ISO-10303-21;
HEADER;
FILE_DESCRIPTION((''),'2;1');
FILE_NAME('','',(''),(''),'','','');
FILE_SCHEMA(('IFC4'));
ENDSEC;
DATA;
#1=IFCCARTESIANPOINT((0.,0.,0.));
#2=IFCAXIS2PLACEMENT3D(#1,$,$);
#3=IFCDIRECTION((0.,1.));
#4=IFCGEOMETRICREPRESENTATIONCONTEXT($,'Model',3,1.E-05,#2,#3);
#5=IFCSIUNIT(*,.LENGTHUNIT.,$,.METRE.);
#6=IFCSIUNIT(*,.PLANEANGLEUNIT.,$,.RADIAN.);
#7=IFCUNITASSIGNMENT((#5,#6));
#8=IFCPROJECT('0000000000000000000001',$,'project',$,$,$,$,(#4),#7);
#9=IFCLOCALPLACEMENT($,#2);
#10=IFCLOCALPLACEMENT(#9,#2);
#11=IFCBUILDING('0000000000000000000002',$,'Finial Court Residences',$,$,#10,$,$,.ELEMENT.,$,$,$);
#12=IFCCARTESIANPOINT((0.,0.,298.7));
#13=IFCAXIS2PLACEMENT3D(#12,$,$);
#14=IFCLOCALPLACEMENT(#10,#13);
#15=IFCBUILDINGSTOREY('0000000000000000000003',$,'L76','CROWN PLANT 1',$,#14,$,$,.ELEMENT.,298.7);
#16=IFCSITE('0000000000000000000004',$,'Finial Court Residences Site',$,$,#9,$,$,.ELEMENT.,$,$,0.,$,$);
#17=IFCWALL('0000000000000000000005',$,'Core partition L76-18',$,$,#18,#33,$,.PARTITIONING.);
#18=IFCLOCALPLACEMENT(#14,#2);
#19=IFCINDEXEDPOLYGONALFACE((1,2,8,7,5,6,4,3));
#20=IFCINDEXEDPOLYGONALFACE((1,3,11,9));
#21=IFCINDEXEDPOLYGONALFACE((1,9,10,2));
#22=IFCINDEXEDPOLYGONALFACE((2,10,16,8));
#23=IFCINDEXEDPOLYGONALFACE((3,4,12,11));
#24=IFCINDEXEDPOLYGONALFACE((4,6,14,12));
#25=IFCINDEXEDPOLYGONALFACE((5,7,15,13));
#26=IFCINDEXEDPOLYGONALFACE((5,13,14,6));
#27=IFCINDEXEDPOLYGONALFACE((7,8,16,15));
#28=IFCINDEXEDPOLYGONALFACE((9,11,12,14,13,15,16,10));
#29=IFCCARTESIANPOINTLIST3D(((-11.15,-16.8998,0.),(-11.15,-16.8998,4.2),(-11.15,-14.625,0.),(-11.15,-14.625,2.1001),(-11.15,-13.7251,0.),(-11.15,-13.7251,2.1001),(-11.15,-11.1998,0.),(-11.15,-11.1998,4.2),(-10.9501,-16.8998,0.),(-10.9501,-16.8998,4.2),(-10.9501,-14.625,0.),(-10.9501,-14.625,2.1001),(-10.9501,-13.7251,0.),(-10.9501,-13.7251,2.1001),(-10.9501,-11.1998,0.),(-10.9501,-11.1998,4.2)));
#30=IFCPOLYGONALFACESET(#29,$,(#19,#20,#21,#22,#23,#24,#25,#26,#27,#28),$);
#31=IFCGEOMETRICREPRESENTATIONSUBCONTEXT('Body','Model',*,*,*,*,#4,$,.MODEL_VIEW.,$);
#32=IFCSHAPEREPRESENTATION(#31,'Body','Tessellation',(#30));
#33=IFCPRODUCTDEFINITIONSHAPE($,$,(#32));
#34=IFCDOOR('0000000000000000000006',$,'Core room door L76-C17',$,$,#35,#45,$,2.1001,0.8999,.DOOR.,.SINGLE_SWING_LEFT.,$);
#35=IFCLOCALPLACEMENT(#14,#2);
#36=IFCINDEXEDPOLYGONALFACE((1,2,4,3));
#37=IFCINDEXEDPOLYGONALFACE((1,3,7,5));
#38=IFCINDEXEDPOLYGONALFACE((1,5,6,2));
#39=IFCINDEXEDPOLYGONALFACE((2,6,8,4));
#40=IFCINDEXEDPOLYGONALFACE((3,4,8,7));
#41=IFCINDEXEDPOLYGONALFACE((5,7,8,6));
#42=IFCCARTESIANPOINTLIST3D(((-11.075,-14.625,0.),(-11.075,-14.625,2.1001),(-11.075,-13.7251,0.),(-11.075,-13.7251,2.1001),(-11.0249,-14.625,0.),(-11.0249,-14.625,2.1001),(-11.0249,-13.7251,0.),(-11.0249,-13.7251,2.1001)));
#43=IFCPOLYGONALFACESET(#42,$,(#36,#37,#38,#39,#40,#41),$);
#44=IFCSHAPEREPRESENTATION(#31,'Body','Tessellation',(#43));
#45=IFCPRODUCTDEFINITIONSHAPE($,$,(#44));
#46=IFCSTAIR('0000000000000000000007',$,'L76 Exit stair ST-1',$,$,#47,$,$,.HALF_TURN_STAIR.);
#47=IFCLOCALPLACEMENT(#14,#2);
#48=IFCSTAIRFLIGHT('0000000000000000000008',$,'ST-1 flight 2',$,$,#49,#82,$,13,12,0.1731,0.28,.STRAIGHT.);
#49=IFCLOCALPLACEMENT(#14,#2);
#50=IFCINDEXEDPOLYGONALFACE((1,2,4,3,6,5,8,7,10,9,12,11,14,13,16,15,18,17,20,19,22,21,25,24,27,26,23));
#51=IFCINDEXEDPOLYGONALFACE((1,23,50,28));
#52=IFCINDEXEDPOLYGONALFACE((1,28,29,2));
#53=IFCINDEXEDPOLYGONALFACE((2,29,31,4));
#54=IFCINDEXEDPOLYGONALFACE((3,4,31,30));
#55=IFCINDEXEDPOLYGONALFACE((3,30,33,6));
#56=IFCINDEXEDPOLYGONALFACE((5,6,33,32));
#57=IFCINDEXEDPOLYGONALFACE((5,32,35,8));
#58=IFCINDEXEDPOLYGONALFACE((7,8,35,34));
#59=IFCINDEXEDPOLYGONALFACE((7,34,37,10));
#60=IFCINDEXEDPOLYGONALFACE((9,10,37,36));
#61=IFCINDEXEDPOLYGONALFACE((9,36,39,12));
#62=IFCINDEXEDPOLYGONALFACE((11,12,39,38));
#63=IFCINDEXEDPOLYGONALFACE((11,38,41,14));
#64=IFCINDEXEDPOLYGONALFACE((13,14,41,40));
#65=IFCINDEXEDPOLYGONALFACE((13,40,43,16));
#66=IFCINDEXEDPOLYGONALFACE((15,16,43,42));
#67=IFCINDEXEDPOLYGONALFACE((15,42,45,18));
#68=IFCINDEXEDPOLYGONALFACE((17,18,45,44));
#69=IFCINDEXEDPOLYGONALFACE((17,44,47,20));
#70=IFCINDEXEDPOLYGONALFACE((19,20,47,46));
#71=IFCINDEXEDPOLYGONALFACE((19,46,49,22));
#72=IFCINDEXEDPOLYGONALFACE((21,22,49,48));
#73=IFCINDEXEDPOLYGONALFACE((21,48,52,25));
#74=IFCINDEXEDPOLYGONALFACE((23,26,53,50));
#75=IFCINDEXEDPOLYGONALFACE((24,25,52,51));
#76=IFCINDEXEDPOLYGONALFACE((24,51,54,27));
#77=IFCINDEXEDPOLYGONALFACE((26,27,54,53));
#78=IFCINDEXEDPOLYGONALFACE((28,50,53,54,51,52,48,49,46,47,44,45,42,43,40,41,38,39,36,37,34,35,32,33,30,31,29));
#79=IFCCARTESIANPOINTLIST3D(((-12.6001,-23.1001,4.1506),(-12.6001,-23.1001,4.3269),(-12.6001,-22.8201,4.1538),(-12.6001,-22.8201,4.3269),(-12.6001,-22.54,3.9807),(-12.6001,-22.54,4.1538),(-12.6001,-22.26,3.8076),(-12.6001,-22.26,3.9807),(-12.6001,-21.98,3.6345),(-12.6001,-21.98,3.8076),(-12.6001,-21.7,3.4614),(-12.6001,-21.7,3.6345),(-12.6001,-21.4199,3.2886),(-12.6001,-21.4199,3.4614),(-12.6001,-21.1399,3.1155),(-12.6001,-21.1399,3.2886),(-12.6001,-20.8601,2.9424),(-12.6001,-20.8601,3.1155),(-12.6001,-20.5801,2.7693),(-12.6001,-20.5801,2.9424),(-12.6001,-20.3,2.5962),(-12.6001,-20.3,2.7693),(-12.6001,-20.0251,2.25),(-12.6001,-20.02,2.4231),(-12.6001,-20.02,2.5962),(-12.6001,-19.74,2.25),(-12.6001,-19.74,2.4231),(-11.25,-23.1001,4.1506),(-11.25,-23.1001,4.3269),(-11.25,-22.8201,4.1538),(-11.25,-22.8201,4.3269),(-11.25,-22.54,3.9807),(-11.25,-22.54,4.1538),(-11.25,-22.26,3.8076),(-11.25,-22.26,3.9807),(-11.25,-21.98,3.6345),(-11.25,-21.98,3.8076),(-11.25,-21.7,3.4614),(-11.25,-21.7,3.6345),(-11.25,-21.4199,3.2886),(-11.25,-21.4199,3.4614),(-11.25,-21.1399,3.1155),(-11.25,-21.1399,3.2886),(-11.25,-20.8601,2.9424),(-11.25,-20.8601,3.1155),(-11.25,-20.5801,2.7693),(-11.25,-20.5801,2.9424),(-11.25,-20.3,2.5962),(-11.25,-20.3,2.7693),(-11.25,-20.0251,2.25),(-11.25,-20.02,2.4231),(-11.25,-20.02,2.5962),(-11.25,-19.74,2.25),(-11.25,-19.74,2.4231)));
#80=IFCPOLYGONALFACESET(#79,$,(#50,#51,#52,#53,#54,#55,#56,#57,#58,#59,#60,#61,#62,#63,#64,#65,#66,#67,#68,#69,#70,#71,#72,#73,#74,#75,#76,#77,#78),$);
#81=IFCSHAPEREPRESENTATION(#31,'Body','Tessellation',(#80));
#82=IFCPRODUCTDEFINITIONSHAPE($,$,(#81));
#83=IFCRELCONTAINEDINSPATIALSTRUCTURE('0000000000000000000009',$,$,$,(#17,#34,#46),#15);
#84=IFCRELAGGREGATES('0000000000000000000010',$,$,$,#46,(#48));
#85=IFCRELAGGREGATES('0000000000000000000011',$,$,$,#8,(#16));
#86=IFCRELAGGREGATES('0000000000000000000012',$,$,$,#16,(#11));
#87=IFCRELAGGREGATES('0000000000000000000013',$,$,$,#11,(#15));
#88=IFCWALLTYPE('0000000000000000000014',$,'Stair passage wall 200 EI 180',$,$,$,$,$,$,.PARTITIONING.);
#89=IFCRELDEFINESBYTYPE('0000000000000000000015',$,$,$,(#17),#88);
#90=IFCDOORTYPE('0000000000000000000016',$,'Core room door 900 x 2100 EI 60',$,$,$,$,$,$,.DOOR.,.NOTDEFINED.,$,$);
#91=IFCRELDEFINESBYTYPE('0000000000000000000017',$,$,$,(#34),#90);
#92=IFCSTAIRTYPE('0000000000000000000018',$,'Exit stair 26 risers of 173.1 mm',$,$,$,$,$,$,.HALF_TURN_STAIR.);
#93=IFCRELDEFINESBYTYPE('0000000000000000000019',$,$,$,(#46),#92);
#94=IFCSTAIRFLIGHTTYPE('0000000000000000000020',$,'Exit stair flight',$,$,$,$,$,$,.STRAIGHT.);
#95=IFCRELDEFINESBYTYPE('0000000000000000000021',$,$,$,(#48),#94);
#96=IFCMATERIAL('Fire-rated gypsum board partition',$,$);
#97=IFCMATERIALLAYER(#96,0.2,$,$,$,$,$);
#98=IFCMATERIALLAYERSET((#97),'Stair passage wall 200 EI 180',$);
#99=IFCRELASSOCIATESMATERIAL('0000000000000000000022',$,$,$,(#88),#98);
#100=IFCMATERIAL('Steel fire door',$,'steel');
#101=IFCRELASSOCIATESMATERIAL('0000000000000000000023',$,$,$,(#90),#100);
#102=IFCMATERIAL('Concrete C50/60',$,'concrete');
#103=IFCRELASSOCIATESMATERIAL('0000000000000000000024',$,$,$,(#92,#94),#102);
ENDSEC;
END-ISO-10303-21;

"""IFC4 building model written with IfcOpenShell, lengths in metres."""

from ifc_helpers import new_model, si_unit, direction, frame, frame_2d, origin, place, context, subcontext, project, spatial, polyline, rectangle, outline, extrude, material, layer, layer_set, type_object, element, fill, aggregate, save


model = new_model("IFC4")

# Units and contexts
model_context = context("Model", 3, precision=1e-05, world=origin(), true_north=direction((0.0, 1.0)))
body_context = subcontext(model_context, "Body", "Model", "MODEL_VIEW")
ifc_project = project(units=[si_unit("LENGTHUNIT", "METRE"), si_unit("PLANEANGLEUNIT", "RADIAN")], contexts=[model_context])

# Site, building, storey
site_placement = place(None, origin())
site = spatial("IfcSite", under=ifc_project, at=site_placement, Name="Finial Court Residences Site", CompositionType="ELEMENT", RefElevation=0.0)
building_placement = place(site_placement, origin())
building = spatial("IfcBuilding", under=site, at=building_placement, Name="Finial Court Residences", CompositionType="ELEMENT")
storey_placement = place(building_placement, frame((0.0, 0.0, 298.7)))
storey = spatial("IfcBuildingStorey", under=building, at=storey_placement, Name="L76", Description="CROWN PLANT 1", CompositionType="ELEMENT", Elevation=298.7)

# Shared definitions
ifc_material_1 = material(Name="Concrete C50/60", Category="concrete")
ifc_material_2 = material(Name="Steel fire door", Category="steel")

# Shared definitions
ifc_material_3 = material(Name="Fire-rated gypsum board partition")

# Wall, opening, door
ifc_layer_1 = layer(ifc_material_3, 0.2)
ifc_layer_set_1 = layer_set([ifc_layer_1], Name="Stair passage wall 200 EI 180")
wall_type_1 = type_object("IfcWallType", Name="Stair passage wall 200 EI 180", PredefinedType="PARTITIONING", material=ifc_layer_set_1)
wall_1_placement = place(storey_placement, frame((-11.05, -16.8999, 0.0), z_axis=(0.0, 0.0, 1.0), x_axis=(0.0, 1.0, 0.0)))
wall_1 = element("IfcWall", 1, at=wall_1_placement, inside=storey, type_object=wall_type_1, Name="Core partition L76-18", PredefinedType="PARTITIONING", context=body_context, shape_type="SweptSolid", body=[
    extrude(rectangle(XDim=5.7, YDim=0.2, at=frame_2d((2.8501, 0.0))), origin(), (0.0, 0.0, 1.0), 4.2),
])
opening_1_placement = place(wall_1_placement, frame((2.2749, 0.0, 0.0)))
opening_1 = element("IfcOpeningElement", 2, at=opening_1_placement, cuts=wall_1, PredefinedType="OPENING", context=body_context, shape_type="SweptSolid", body=[
    extrude(rectangle(XDim=0.8999, YDim=2.1001, at=frame_2d((0.45, 1.05))), frame((0.0, 0.1099, 0.0), z_axis=(0.0, -1.0, 0.0), x_axis=(1.0, 0.0, 0.0)), (0.0, 0.0, 1.0), 0.22),
])
door_type_1 = type_object("IfcDoorType", Name="Core room door 900 x 2100 EI 60", OperationType="NOTDEFINED", PredefinedType="DOOR", material=ifc_material_2)
door_1_placement = place(opening_1_placement, origin())
door_1 = element("IfcDoor", 3, at=door_1_placement, inside=storey, type_object=door_type_1, Name="Core room door L76-C17", OperationType="SINGLE_SWING_LEFT", OverallHeight=2.1001, OverallWidth=0.8999, PredefinedType="DOOR", context=body_context, shape_type="SweptSolid", body=[
    extrude(rectangle(XDim=0.8999, YDim=2.1001, at=frame_2d((0.45, 1.05))), frame((0.0, 0.0249, 0.0), z_axis=(0.0, -1.0, 0.0), x_axis=(1.0, 0.0, 0.0)), (0.0, 0.0, 1.0), 0.05),
])
fill(opening_1, door_1)

# Stair, stair flight
stair_type = type_object("IfcStairType", Name="Exit stair 26 risers of 173.1 mm", PredefinedType="HALF_TURN_STAIR", material=ifc_material_1)
stair_placement = place(storey_placement, origin())
stair = element("IfcStair", 4, at=stair_placement, inside=storey, type_object=stair_type, Name="L76 Exit stair ST-1", PredefinedType="HALF_TURN_STAIR")
stair_flight_type = type_object("IfcStairFlightType", Name="Exit stair flight", PredefinedType="STRAIGHT", material=ifc_material_1)
stair_flight_placement = place(storey_placement, frame((-11.925, -19.74, 2.25), z_axis=(0.0, 0.0, 1.0), x_axis=(0.0, -1.0, 0.0)))
stair_flight = element("IfcStairFlight", 5, at=stair_flight_placement, type_object=stair_flight_type, Name="ST-1 flight 2", NumberOfRisers=13, NumberOfTreads=12, PredefinedType="STRAIGHT", RiserHeight=0.1731, TreadLength=0.28, context=body_context, shape_type="SweptSolid", body=[
    extrude(outline(polyline([(0.0, 0.0), (0.0, 0.1731), (0.28, 0.1731), (0.28, 0.3462), (0.5601, 0.3462), (0.5601, 0.5193), (0.8401, 0.5193), (0.8401, 0.6924), (1.1201, 0.6924), (1.1201, 0.8655), (1.3999, 0.8655), (1.3999, 1.0386), (1.6799, 1.0386), (1.6799, 1.2114), (1.96, 1.2114), (1.96, 1.3845), (2.24, 1.3845), (2.24, 1.5576), (2.52, 1.5576), (2.52, 1.7307), (2.8, 1.7307), (2.8, 1.9038), (3.0801, 1.9038), (3.0801, 2.0769), (3.3601, 2.0769), (3.3601, 2.25), (3.3601, 1.9006), (0.2852, 0.0), (0.0, 0.0)])), frame((0.0, 0.675, 0.0), z_axis=(0.0, -1.0, 0.0), x_axis=(1.0, 0.0, 0.0)), (0.0, 0.0, 1.0), 1.3501),
])
aggregate(stair, [stair_flight])

save(model, "model.ifc")
